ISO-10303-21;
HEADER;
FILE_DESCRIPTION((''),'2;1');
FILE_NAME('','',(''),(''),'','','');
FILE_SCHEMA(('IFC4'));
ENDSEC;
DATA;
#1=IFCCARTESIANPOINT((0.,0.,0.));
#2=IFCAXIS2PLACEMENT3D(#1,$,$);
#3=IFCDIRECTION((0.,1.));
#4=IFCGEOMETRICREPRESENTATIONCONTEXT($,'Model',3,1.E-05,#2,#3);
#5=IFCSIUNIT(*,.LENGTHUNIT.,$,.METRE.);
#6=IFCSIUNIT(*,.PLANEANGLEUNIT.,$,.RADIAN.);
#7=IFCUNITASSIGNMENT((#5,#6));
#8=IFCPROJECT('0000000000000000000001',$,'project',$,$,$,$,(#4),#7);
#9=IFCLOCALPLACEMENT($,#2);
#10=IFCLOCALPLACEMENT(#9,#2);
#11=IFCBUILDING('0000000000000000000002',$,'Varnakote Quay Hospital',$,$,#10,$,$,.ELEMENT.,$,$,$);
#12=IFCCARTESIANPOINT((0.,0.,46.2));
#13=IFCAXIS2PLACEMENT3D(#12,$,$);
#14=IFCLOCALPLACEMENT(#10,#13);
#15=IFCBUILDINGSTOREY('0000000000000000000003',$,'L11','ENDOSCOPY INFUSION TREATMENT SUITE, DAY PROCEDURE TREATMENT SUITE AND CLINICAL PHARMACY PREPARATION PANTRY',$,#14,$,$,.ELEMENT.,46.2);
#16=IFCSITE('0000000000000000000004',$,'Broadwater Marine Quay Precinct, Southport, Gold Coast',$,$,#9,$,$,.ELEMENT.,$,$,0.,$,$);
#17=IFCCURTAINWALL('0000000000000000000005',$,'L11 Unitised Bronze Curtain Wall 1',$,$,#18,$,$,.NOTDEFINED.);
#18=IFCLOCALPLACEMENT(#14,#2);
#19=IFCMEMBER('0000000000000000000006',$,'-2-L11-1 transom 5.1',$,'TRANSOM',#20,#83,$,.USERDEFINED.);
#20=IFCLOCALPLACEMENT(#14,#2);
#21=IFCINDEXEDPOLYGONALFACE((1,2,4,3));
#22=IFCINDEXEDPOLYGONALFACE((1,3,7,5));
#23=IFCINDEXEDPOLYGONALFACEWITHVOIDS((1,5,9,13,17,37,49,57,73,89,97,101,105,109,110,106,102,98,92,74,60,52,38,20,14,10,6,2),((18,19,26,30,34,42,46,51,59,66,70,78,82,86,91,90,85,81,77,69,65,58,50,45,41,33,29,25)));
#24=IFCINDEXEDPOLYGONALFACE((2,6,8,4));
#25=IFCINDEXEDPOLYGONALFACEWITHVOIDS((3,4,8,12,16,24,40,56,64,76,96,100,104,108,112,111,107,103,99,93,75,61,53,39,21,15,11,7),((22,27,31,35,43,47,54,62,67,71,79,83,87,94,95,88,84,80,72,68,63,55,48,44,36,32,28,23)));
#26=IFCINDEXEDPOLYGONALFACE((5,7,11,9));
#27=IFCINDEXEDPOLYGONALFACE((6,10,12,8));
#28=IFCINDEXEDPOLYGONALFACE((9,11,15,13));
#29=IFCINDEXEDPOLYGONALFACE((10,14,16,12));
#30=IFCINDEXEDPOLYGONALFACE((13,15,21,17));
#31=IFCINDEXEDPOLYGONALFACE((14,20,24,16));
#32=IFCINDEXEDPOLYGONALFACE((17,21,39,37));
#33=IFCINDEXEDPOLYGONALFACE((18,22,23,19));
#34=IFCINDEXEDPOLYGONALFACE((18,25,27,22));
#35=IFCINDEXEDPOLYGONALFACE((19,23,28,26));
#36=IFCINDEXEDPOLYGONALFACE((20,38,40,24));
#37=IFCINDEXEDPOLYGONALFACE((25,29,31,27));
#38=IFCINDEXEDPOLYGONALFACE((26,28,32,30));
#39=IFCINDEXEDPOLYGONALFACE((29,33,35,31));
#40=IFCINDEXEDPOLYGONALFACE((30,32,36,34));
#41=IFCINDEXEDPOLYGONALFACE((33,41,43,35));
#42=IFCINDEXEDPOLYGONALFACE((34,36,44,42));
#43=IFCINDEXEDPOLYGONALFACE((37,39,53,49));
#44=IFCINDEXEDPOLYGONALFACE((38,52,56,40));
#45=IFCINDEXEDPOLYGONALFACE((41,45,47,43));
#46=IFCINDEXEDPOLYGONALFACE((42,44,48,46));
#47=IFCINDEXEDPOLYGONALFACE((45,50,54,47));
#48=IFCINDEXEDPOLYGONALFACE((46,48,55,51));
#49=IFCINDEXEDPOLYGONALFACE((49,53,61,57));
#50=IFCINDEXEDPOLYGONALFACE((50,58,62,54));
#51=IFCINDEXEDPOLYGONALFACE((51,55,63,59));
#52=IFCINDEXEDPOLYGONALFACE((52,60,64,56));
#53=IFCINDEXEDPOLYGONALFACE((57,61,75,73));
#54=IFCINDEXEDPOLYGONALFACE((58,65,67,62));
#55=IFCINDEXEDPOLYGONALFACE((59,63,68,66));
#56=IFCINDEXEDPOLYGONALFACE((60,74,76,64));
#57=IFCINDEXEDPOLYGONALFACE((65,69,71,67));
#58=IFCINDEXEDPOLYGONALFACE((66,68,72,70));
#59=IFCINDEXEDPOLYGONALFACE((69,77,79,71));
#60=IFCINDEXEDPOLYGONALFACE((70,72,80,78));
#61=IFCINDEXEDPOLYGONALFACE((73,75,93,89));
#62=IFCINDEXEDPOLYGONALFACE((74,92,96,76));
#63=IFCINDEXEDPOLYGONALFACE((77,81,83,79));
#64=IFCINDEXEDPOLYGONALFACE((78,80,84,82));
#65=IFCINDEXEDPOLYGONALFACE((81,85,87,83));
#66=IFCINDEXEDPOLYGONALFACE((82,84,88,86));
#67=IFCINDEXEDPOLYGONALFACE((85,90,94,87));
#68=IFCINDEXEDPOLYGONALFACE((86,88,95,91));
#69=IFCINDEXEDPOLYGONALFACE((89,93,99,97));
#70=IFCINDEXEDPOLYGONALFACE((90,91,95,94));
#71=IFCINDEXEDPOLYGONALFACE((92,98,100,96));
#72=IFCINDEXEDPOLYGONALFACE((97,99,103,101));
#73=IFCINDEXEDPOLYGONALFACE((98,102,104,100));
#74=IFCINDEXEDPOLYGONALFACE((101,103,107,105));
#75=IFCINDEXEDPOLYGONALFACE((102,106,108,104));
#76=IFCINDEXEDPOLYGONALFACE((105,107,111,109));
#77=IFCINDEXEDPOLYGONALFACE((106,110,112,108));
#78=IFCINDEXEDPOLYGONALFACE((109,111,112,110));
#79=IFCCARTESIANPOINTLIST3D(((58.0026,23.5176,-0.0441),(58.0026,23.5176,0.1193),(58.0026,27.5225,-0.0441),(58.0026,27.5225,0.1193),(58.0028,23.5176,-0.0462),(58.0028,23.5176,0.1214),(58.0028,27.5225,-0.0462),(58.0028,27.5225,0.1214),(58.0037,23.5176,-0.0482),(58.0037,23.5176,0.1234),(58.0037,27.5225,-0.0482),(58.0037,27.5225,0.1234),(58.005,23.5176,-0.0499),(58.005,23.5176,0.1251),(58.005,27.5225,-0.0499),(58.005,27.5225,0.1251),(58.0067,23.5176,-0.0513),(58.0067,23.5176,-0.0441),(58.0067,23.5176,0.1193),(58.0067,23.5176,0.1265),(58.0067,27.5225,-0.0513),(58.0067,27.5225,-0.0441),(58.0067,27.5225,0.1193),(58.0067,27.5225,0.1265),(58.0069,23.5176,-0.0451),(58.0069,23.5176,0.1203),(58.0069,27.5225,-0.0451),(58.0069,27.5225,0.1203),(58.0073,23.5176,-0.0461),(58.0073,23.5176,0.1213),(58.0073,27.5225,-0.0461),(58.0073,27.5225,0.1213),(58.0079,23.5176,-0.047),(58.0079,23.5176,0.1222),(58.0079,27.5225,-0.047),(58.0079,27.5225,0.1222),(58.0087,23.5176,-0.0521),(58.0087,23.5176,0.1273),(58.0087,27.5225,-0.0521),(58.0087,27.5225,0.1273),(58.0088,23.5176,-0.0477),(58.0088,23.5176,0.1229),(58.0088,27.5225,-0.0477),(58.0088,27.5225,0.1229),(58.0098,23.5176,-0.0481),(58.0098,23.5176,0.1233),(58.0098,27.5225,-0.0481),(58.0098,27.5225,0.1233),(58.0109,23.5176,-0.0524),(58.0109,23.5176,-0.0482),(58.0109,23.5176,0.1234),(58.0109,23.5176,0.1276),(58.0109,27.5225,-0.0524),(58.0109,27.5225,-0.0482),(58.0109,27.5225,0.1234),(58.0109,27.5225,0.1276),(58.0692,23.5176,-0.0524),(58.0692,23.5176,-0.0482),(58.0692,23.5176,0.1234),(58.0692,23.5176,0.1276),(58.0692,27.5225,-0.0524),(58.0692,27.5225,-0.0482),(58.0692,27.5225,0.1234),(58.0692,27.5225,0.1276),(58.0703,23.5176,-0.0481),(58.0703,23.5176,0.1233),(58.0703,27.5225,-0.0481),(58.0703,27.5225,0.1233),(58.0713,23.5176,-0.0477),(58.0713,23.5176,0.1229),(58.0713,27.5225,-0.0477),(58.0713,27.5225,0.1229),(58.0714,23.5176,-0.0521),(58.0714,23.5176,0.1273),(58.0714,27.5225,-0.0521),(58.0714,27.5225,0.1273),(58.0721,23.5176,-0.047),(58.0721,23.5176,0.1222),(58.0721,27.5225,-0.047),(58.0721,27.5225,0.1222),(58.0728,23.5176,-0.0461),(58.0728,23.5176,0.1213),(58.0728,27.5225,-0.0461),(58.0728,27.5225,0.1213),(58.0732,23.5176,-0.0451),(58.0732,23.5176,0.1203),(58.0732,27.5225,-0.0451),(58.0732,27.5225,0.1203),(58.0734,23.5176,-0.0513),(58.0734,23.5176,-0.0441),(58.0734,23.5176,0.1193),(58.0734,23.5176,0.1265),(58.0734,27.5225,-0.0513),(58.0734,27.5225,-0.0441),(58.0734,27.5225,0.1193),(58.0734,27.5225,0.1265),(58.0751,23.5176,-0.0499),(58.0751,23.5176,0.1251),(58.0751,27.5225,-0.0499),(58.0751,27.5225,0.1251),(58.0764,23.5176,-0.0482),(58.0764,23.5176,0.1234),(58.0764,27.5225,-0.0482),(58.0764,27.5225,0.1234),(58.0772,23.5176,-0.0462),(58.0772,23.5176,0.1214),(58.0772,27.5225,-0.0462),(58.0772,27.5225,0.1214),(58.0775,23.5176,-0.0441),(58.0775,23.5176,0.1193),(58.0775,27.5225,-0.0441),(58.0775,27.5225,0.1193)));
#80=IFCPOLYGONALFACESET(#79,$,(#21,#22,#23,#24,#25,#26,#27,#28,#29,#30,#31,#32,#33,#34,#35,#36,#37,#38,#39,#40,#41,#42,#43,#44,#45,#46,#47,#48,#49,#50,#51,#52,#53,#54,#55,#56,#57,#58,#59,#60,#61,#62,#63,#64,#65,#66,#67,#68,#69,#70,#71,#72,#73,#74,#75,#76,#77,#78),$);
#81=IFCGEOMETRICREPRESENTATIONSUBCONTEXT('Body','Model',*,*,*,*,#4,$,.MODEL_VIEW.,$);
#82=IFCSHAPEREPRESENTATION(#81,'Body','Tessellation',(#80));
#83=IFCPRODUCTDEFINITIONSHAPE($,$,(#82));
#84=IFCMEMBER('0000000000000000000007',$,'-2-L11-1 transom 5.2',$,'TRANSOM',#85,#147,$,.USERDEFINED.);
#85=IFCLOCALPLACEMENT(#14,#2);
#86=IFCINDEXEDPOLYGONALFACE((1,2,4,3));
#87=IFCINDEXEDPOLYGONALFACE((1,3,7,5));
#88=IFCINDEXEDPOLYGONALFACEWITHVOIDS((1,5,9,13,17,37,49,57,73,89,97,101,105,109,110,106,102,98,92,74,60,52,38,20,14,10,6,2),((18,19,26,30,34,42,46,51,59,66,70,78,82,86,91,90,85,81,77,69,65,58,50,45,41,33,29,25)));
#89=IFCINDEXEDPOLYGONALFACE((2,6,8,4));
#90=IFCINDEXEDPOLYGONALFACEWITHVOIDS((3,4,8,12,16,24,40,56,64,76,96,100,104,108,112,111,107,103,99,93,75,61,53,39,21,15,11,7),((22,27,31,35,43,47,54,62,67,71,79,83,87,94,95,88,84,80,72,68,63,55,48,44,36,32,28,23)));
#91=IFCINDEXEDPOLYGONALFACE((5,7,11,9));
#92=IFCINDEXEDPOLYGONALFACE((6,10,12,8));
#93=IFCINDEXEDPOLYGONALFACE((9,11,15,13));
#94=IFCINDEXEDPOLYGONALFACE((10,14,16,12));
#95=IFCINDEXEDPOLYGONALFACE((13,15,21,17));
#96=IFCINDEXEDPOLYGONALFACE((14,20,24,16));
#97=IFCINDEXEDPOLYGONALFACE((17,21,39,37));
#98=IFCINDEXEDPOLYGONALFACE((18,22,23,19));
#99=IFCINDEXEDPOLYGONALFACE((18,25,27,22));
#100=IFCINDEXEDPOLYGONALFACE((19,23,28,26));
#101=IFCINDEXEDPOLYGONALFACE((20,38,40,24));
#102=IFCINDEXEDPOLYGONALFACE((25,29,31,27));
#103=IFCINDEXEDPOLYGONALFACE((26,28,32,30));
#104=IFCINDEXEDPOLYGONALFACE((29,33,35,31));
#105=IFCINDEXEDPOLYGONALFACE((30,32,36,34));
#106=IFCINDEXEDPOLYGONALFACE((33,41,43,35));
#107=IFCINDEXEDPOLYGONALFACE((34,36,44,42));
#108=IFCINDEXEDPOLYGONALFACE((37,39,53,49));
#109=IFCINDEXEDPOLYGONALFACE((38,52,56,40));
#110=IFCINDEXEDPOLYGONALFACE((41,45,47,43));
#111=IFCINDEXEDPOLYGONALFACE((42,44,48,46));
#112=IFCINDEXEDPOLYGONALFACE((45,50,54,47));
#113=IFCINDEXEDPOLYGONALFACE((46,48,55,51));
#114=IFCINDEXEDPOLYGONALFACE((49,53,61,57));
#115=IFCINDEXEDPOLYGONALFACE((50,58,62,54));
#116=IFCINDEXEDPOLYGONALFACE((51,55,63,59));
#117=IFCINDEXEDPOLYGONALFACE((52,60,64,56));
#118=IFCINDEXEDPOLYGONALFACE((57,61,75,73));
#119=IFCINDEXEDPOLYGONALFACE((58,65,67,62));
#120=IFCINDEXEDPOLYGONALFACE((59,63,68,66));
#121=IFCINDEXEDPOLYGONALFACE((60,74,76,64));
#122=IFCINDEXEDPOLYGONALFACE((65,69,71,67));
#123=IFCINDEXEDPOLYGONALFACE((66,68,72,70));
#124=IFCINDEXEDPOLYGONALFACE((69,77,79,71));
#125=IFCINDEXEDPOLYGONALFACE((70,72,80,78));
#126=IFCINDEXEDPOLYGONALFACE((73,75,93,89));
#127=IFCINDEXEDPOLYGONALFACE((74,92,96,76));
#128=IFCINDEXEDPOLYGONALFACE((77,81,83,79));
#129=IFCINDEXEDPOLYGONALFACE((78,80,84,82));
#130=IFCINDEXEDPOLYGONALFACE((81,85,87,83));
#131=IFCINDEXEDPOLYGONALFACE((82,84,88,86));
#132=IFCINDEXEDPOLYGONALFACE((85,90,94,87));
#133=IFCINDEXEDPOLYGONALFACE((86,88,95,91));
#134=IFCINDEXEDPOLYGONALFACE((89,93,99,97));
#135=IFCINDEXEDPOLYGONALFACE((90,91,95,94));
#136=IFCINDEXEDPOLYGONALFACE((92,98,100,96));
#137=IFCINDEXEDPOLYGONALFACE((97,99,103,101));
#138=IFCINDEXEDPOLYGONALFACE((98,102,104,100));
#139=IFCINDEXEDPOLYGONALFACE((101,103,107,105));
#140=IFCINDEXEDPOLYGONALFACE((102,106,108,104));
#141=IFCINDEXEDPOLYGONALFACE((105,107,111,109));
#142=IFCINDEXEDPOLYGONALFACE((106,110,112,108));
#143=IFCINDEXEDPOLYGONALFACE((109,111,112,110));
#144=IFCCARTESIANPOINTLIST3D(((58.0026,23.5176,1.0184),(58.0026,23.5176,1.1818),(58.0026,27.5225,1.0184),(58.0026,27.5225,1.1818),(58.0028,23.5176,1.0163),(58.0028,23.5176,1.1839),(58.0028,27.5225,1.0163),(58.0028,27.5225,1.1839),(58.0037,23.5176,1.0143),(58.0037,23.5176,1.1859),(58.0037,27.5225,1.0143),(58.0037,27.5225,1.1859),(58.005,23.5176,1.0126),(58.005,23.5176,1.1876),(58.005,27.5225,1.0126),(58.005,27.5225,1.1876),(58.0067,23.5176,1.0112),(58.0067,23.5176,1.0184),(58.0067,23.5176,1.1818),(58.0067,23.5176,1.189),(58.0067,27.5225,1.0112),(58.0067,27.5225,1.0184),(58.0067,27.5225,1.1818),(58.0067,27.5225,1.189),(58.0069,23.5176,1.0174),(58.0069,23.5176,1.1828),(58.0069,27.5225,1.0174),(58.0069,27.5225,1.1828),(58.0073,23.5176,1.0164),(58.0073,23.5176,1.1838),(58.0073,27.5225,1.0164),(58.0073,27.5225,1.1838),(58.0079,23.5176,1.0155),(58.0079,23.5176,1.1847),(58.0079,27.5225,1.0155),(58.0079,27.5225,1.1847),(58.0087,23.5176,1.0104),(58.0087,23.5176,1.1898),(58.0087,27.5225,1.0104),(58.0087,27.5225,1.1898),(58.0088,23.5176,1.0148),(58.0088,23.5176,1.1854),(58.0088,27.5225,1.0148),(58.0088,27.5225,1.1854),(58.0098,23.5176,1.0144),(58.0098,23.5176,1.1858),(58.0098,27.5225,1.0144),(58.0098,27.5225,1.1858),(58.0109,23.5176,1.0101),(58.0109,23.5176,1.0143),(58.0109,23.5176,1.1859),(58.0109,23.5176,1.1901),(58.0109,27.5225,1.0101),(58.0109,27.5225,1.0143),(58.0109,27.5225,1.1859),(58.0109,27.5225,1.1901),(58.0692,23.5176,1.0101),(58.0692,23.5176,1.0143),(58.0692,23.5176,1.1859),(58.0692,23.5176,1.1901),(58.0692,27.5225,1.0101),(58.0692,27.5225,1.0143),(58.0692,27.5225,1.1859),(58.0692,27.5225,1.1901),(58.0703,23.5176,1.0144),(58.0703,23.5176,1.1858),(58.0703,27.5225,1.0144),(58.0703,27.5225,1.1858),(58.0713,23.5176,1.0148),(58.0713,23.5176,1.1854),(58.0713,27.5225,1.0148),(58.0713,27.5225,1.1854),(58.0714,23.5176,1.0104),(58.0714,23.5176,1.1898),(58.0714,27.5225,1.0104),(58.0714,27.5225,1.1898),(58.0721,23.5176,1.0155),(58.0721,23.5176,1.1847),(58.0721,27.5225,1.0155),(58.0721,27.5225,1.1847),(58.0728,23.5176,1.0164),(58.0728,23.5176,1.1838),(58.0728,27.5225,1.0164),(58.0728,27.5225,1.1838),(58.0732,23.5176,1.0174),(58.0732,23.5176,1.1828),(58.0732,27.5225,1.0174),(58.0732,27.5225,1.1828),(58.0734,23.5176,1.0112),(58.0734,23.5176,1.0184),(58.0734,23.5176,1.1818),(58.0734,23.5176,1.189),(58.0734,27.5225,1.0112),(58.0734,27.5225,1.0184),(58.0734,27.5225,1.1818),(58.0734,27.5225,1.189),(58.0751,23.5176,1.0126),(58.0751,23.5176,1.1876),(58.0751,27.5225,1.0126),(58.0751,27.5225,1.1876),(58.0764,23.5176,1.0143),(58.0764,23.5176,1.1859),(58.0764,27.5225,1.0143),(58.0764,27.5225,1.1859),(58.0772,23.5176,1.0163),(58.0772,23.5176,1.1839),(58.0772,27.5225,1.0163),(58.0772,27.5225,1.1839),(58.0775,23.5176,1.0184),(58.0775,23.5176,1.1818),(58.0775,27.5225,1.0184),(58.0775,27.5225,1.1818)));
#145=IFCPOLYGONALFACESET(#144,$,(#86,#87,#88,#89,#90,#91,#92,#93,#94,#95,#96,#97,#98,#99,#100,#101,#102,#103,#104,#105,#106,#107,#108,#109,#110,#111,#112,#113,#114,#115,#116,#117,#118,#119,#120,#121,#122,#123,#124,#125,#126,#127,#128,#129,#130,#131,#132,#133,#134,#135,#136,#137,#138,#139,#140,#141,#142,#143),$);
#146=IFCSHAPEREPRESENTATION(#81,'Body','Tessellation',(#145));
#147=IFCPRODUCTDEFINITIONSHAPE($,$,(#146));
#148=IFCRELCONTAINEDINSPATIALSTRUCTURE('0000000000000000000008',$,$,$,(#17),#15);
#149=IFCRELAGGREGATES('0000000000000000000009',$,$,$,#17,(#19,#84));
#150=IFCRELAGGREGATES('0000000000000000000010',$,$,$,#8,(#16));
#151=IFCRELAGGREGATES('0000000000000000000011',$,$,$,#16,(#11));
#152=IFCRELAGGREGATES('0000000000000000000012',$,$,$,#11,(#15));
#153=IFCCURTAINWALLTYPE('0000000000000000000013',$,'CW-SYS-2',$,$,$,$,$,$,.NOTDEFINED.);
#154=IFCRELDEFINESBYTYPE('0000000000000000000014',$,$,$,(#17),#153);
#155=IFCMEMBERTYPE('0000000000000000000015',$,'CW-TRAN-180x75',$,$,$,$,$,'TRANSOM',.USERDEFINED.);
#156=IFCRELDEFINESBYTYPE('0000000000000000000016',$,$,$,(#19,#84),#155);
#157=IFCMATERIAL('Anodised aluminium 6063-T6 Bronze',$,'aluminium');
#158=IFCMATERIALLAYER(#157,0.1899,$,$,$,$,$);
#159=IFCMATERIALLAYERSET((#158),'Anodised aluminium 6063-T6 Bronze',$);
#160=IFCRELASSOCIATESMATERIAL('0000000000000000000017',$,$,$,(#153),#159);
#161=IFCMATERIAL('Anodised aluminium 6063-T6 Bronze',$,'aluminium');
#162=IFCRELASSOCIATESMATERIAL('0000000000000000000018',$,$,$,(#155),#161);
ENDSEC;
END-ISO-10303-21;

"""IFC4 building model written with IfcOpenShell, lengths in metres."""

from ifc_helpers import new_model, si_unit, direction, frame, origin, origin_2d, place, context, subcontext, project, spatial, hollow_rectangle, extrude, material, layer, layer_set, material_profile, profile_set, type_object, element, aggregate, save


model = new_model("IFC4")

# Units and contexts
model_context = context("Model", 3, precision=1e-05, world=origin(), true_north=direction((0.0, 1.0)))
body_context = subcontext(model_context, "Body", "Model", "MODEL_VIEW")
ifc_project = project(units=[si_unit("LENGTHUNIT", "METRE"), si_unit("PLANEANGLEUNIT", "RADIAN")], contexts=[model_context])

# Site, building, storey
site_placement = place(None, origin())
site = spatial("IfcSite", under=ifc_project, at=site_placement, Name="Broadwater Marine Quay Precinct, Southport, Gold Coast", CompositionType="ELEMENT", RefElevation=0.0)
building_placement = place(site_placement, origin())
building = spatial("IfcBuilding", under=site, at=building_placement, Name="Varnakote Quay Hospital", CompositionType="ELEMENT")
storey_placement = place(building_placement, frame((0.0, 0.0, 46.2)))
storey = spatial("IfcBuildingStorey", under=building, at=storey_placement, Name="L11", Description="ENDOSCOPY INFUSION TREATMENT SUITE, DAY PROCEDURE TREATMENT SUITE AND CLINICAL PHARMACY PREPARATION PANTRY", CompositionType="ELEMENT", Elevation=46.2)

# Curtain wall, members
ifc_material_1 = material(Name="Anodised aluminium 6063-T6 Bronze", Category="aluminium")
ifc_layer_1 = layer(ifc_material_1, 0.1899)
ifc_layer_set_1 = layer_set([ifc_layer_1], Name="Anodised aluminium 6063-T6 Bronze")
curtain_wall_type = type_object("IfcCurtainWallType", Name="CW-SYS-2", PredefinedType="NOTDEFINED", material=ifc_layer_set_1)
curtain_wall_placement = place(storey_placement, origin())
curtain_wall = element("IfcCurtainWall", 1, at=curtain_wall_placement, inside=storey, type_object=curtain_wall_type, Name="L11 Unitised Bronze Curtain Wall 1", PredefinedType="NOTDEFINED")
ifc_material_2 = material(Name="Anodised aluminium 6063-T6 Bronze", Category="aluminium")
ifc_material_profile_1 = material_profile(ifc_material_2, hollow_rectangle(XDim=0.075, YDim=0.1799, WallThickness=0.0042, InnerFilletRadius=0.0042, OuterFilletRadius=0.0083, at=origin_2d()), Name="CW-TRAN-180x75")
ifc_profile_set_1 = profile_set([ifc_material_profile_1], Name="Anodised aluminium 6063-T6 Bronze")
member_type_1 = type_object("IfcMemberType", Name="CW-TRAN-180x75", ElementType="TRANSOM", PredefinedType="USERDEFINED", material=ifc_profile_set_1)
member_1_placement = place(storey_placement, frame((58.04, 23.5176, 0.0376), z_axis=(0.0, 1.0, 0.0), x_axis=(-1.0, 0.0, 0.0)))
member_1 = element("IfcMember", 2, at=member_1_placement, type_object=member_type_1, Name="-2-L11-1 transom 5.1", ObjectType="TRANSOM", PredefinedType="USERDEFINED", context=body_context, shape_type="SweptSolid", body=[
    extrude(hollow_rectangle(XDim=0.075, YDim=0.1799, WallThickness=0.0042, InnerFilletRadius=0.0042, OuterFilletRadius=0.0083, at=origin_2d()), origin(), (0.0, 0.0, 1.0), 4.0049),
])
member_2_placement = place(storey_placement, frame((58.04, 23.5176, 1.1001), z_axis=(0.0, 1.0, 0.0), x_axis=(-1.0, 0.0, 0.0)))
member_2 = element("IfcMember", 3, at=member_2_placement, type_object=member_type_1, Name="-2-L11-1 transom 5.2", ObjectType="TRANSOM", PredefinedType="USERDEFINED", context=body_context, shape_type="SweptSolid", body=[
    extrude(hollow_rectangle(XDim=0.075, YDim=0.1799, WallThickness=0.0042, InnerFilletRadius=0.0042, OuterFilletRadius=0.0083, at=origin_2d()), origin(), (0.0, 0.0, 1.0), 4.0049),
])
aggregate(curtain_wall, [member_1, member_2])

save(model, "model.ifc")
